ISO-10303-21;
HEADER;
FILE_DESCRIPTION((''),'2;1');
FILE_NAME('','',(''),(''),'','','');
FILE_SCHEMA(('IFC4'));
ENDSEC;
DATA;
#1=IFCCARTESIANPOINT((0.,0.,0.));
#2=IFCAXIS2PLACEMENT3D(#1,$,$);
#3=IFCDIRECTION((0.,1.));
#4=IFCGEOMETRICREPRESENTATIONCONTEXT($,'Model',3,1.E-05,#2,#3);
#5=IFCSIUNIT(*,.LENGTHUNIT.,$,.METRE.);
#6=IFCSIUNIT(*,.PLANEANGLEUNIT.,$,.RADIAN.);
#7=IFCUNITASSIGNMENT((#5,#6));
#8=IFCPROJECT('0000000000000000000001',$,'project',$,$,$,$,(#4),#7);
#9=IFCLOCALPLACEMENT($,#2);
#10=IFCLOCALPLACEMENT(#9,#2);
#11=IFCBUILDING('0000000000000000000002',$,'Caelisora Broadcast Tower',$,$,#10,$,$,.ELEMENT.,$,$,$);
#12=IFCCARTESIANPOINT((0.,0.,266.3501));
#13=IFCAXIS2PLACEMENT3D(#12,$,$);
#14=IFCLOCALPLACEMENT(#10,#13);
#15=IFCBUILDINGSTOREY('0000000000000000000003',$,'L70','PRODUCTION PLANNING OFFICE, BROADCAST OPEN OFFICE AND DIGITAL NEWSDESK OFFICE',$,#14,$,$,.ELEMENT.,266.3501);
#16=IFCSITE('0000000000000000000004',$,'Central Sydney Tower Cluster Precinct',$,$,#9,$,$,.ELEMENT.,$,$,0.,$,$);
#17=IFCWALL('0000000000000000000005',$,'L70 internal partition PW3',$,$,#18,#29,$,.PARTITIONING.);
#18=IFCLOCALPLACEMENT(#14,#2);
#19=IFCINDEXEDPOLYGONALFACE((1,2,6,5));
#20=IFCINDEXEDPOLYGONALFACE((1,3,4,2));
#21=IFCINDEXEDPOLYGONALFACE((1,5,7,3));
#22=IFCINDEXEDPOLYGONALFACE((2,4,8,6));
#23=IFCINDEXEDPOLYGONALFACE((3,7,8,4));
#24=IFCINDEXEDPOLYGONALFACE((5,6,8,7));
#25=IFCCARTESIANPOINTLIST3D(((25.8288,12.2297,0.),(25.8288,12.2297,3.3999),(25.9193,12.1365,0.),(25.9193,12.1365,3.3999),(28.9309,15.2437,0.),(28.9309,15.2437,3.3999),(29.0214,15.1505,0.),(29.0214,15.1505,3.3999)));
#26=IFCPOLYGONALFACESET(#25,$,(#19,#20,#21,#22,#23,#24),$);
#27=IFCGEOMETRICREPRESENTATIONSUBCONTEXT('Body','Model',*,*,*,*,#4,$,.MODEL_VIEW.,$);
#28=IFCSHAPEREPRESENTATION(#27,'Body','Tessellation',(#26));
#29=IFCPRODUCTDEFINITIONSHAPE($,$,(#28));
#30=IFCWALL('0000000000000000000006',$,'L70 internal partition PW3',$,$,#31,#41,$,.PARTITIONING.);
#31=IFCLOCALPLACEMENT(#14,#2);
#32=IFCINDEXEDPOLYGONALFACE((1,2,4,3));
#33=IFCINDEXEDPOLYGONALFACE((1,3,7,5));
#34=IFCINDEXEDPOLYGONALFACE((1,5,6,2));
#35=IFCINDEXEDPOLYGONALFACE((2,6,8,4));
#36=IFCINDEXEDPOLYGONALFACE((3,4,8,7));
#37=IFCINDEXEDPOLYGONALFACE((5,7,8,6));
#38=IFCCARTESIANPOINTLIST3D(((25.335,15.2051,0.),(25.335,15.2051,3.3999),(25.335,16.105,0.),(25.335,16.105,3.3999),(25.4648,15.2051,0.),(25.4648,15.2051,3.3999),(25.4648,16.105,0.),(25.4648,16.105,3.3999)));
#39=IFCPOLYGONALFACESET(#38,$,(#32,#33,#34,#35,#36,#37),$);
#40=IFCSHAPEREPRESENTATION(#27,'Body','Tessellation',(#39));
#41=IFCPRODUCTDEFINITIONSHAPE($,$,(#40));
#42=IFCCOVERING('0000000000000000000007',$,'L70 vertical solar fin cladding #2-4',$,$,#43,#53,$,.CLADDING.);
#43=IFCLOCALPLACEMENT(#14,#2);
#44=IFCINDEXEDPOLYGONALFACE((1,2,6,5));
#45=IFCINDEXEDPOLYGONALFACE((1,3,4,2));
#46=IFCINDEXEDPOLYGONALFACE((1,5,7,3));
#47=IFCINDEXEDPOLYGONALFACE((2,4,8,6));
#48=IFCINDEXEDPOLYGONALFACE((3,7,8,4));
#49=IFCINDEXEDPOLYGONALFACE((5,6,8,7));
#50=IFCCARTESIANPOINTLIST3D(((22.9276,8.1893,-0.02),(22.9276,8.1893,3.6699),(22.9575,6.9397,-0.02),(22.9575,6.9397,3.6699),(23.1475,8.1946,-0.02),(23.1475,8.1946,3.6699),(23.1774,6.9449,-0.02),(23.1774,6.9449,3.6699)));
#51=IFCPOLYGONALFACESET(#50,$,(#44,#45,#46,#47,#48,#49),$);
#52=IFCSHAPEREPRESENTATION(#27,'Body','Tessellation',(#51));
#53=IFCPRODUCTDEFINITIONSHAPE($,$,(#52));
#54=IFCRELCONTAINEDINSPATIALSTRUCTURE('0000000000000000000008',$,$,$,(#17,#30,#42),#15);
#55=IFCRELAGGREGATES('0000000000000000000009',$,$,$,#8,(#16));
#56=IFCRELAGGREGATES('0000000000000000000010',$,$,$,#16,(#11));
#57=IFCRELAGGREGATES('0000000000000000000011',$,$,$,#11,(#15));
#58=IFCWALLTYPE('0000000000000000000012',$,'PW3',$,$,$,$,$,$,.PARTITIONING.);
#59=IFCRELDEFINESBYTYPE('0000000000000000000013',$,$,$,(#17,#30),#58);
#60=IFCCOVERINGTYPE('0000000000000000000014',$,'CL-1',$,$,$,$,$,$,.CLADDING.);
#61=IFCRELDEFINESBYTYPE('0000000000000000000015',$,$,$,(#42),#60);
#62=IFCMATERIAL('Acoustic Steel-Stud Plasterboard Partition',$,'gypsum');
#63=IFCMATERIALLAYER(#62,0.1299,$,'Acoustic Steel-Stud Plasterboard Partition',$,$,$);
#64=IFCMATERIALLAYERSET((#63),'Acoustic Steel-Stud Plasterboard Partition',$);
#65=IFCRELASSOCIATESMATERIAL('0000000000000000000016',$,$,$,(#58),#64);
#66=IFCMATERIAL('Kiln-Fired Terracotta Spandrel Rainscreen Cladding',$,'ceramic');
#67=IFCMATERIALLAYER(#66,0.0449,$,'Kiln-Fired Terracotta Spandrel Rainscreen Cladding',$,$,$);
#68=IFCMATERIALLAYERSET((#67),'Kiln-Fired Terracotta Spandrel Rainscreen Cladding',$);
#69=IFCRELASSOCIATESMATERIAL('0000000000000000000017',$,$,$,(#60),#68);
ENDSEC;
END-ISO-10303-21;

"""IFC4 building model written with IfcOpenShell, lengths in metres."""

from ifc_helpers import new_model, si_unit, direction, frame, frame_2d, origin, origin_2d, place, context, subcontext, project, spatial, rectangle, extrude, source, transform, mapped, material, layer, layer_set, type_object, type_shapes, element, save


model = new_model("IFC4")

# Units and contexts
model_context = context("Model", 3, precision=1e-05, world=origin(), true_north=direction((0.0, 1.0)))
body_context = subcontext(model_context, "Body", "Model", "MODEL_VIEW")
ifc_project = project(units=[si_unit("LENGTHUNIT", "METRE"), si_unit("PLANEANGLEUNIT", "RADIAN")], contexts=[model_context])

# Site, building, storey
site_placement = place(None, origin())
site = spatial("IfcSite", under=ifc_project, at=site_placement, Name="Central Sydney Tower Cluster Precinct", CompositionType="ELEMENT", RefElevation=0.0)
building_placement = place(site_placement, origin())
building = spatial("IfcBuilding", under=site, at=building_placement, Name="Caelisora Broadcast Tower", CompositionType="ELEMENT")
storey_placement = place(building_placement, frame((0.0, 0.0, 266.3501)))
storey = spatial("IfcBuildingStorey", under=building, at=storey_placement, Name="L70", Description="PRODUCTION PLANNING OFFICE, BROADCAST OPEN OFFICE AND DIGITAL NEWSDESK OFFICE", CompositionType="ELEMENT", Elevation=266.3501)

# Shared definitions
ifc_material_1 = material(Name="Acoustic Steel-Stud Plasterboard Partition", Category="gypsum")
ifc_layer_1 = layer(ifc_material_1, 0.1299, Name="Acoustic Steel-Stud Plasterboard Partition")
ifc_layer_set_1 = layer_set([ifc_layer_1], Name="Acoustic Steel-Stud Plasterboard Partition")
wall_type = type_object("IfcWallType", Name="PW3", PredefinedType="PARTITIONING", material=ifc_layer_set_1)

# Wall
wall_1_placement = place(storey_placement, frame((25.874, 12.1831, 0.0), z_axis=(0.0, 0.0, 1.0), x_axis=(0.717222, 0.696845, 0.0)))
element("IfcWall", 1, at=wall_1_placement, inside=storey, type_object=wall_type, Name="L70 internal partition PW3", PredefinedType="PARTITIONING", context=body_context, shape_type="SweptSolid", body=[
    extrude(rectangle(XDim=4.3252, YDim=0.1299, at=frame_2d((2.1626, 0.0))), origin(), (0.0, 0.0, 1.0), 3.3999),
])

# Wall
wall_2_placement = place(storey_placement, frame((25.3999, 16.105, 0.0), z_axis=(0.0, 0.0, 1.0), x_axis=(0.0, -1.0, 0.0)))
element("IfcWall", 2, at=wall_2_placement, inside=storey, type_object=wall_type, Name="L70 internal partition PW3", PredefinedType="PARTITIONING", context=body_context, shape_type="SweptSolid", body=[
    extrude(rectangle(XDim=0.8999, YDim=0.1299, at=frame_2d((0.45, 0.0))), origin(), (0.0, 0.0, 1.0), 3.3999),
])

# Covering
ifc_material_2 = material(Name="Kiln-Fired Terracotta Spandrel Rainscreen Cladding", Category="ceramic")
ifc_layer_2 = layer(ifc_material_2, 0.0449, Name="Kiln-Fired Terracotta Spandrel Rainscreen Cladding")
ifc_layer_set_2 = layer_set([ifc_layer_2], Name="Kiln-Fired Terracotta Spandrel Rainscreen Cladding")
covering_type = type_object("IfcCoveringType", Name="CL-1", PredefinedType="CLADDING", material=ifc_layer_set_2)
shared_shape_1 = source(origin(), body_context, "Body", "SweptSolid", [
    extrude(rectangle(XDim=0.22, YDim=1.25, at=origin_2d()), origin(), (0.0, 0.0, 1.0), 3.6899),
])
type_shapes(covering_type, [shared_shape_1])
covering_placement = place(storey_placement, frame((23.0525, 7.5671, -0.02), z_axis=(0.0, 0.0, 1.0), x_axis=(-0.999714, -0.023909, 0.0)))
element("IfcCovering", 3, at=covering_placement, inside=storey, type_object=covering_type, Name="L70 vertical solar fin cladding #2-4", PredefinedType="CLADDING", context=body_context, shape_type="MappedRepresentation", body=[
    mapped(shared_shape_1, transform((0.0, 0.0, 0.0), scale=1.0)),
])

save(model, "model.ifc")
